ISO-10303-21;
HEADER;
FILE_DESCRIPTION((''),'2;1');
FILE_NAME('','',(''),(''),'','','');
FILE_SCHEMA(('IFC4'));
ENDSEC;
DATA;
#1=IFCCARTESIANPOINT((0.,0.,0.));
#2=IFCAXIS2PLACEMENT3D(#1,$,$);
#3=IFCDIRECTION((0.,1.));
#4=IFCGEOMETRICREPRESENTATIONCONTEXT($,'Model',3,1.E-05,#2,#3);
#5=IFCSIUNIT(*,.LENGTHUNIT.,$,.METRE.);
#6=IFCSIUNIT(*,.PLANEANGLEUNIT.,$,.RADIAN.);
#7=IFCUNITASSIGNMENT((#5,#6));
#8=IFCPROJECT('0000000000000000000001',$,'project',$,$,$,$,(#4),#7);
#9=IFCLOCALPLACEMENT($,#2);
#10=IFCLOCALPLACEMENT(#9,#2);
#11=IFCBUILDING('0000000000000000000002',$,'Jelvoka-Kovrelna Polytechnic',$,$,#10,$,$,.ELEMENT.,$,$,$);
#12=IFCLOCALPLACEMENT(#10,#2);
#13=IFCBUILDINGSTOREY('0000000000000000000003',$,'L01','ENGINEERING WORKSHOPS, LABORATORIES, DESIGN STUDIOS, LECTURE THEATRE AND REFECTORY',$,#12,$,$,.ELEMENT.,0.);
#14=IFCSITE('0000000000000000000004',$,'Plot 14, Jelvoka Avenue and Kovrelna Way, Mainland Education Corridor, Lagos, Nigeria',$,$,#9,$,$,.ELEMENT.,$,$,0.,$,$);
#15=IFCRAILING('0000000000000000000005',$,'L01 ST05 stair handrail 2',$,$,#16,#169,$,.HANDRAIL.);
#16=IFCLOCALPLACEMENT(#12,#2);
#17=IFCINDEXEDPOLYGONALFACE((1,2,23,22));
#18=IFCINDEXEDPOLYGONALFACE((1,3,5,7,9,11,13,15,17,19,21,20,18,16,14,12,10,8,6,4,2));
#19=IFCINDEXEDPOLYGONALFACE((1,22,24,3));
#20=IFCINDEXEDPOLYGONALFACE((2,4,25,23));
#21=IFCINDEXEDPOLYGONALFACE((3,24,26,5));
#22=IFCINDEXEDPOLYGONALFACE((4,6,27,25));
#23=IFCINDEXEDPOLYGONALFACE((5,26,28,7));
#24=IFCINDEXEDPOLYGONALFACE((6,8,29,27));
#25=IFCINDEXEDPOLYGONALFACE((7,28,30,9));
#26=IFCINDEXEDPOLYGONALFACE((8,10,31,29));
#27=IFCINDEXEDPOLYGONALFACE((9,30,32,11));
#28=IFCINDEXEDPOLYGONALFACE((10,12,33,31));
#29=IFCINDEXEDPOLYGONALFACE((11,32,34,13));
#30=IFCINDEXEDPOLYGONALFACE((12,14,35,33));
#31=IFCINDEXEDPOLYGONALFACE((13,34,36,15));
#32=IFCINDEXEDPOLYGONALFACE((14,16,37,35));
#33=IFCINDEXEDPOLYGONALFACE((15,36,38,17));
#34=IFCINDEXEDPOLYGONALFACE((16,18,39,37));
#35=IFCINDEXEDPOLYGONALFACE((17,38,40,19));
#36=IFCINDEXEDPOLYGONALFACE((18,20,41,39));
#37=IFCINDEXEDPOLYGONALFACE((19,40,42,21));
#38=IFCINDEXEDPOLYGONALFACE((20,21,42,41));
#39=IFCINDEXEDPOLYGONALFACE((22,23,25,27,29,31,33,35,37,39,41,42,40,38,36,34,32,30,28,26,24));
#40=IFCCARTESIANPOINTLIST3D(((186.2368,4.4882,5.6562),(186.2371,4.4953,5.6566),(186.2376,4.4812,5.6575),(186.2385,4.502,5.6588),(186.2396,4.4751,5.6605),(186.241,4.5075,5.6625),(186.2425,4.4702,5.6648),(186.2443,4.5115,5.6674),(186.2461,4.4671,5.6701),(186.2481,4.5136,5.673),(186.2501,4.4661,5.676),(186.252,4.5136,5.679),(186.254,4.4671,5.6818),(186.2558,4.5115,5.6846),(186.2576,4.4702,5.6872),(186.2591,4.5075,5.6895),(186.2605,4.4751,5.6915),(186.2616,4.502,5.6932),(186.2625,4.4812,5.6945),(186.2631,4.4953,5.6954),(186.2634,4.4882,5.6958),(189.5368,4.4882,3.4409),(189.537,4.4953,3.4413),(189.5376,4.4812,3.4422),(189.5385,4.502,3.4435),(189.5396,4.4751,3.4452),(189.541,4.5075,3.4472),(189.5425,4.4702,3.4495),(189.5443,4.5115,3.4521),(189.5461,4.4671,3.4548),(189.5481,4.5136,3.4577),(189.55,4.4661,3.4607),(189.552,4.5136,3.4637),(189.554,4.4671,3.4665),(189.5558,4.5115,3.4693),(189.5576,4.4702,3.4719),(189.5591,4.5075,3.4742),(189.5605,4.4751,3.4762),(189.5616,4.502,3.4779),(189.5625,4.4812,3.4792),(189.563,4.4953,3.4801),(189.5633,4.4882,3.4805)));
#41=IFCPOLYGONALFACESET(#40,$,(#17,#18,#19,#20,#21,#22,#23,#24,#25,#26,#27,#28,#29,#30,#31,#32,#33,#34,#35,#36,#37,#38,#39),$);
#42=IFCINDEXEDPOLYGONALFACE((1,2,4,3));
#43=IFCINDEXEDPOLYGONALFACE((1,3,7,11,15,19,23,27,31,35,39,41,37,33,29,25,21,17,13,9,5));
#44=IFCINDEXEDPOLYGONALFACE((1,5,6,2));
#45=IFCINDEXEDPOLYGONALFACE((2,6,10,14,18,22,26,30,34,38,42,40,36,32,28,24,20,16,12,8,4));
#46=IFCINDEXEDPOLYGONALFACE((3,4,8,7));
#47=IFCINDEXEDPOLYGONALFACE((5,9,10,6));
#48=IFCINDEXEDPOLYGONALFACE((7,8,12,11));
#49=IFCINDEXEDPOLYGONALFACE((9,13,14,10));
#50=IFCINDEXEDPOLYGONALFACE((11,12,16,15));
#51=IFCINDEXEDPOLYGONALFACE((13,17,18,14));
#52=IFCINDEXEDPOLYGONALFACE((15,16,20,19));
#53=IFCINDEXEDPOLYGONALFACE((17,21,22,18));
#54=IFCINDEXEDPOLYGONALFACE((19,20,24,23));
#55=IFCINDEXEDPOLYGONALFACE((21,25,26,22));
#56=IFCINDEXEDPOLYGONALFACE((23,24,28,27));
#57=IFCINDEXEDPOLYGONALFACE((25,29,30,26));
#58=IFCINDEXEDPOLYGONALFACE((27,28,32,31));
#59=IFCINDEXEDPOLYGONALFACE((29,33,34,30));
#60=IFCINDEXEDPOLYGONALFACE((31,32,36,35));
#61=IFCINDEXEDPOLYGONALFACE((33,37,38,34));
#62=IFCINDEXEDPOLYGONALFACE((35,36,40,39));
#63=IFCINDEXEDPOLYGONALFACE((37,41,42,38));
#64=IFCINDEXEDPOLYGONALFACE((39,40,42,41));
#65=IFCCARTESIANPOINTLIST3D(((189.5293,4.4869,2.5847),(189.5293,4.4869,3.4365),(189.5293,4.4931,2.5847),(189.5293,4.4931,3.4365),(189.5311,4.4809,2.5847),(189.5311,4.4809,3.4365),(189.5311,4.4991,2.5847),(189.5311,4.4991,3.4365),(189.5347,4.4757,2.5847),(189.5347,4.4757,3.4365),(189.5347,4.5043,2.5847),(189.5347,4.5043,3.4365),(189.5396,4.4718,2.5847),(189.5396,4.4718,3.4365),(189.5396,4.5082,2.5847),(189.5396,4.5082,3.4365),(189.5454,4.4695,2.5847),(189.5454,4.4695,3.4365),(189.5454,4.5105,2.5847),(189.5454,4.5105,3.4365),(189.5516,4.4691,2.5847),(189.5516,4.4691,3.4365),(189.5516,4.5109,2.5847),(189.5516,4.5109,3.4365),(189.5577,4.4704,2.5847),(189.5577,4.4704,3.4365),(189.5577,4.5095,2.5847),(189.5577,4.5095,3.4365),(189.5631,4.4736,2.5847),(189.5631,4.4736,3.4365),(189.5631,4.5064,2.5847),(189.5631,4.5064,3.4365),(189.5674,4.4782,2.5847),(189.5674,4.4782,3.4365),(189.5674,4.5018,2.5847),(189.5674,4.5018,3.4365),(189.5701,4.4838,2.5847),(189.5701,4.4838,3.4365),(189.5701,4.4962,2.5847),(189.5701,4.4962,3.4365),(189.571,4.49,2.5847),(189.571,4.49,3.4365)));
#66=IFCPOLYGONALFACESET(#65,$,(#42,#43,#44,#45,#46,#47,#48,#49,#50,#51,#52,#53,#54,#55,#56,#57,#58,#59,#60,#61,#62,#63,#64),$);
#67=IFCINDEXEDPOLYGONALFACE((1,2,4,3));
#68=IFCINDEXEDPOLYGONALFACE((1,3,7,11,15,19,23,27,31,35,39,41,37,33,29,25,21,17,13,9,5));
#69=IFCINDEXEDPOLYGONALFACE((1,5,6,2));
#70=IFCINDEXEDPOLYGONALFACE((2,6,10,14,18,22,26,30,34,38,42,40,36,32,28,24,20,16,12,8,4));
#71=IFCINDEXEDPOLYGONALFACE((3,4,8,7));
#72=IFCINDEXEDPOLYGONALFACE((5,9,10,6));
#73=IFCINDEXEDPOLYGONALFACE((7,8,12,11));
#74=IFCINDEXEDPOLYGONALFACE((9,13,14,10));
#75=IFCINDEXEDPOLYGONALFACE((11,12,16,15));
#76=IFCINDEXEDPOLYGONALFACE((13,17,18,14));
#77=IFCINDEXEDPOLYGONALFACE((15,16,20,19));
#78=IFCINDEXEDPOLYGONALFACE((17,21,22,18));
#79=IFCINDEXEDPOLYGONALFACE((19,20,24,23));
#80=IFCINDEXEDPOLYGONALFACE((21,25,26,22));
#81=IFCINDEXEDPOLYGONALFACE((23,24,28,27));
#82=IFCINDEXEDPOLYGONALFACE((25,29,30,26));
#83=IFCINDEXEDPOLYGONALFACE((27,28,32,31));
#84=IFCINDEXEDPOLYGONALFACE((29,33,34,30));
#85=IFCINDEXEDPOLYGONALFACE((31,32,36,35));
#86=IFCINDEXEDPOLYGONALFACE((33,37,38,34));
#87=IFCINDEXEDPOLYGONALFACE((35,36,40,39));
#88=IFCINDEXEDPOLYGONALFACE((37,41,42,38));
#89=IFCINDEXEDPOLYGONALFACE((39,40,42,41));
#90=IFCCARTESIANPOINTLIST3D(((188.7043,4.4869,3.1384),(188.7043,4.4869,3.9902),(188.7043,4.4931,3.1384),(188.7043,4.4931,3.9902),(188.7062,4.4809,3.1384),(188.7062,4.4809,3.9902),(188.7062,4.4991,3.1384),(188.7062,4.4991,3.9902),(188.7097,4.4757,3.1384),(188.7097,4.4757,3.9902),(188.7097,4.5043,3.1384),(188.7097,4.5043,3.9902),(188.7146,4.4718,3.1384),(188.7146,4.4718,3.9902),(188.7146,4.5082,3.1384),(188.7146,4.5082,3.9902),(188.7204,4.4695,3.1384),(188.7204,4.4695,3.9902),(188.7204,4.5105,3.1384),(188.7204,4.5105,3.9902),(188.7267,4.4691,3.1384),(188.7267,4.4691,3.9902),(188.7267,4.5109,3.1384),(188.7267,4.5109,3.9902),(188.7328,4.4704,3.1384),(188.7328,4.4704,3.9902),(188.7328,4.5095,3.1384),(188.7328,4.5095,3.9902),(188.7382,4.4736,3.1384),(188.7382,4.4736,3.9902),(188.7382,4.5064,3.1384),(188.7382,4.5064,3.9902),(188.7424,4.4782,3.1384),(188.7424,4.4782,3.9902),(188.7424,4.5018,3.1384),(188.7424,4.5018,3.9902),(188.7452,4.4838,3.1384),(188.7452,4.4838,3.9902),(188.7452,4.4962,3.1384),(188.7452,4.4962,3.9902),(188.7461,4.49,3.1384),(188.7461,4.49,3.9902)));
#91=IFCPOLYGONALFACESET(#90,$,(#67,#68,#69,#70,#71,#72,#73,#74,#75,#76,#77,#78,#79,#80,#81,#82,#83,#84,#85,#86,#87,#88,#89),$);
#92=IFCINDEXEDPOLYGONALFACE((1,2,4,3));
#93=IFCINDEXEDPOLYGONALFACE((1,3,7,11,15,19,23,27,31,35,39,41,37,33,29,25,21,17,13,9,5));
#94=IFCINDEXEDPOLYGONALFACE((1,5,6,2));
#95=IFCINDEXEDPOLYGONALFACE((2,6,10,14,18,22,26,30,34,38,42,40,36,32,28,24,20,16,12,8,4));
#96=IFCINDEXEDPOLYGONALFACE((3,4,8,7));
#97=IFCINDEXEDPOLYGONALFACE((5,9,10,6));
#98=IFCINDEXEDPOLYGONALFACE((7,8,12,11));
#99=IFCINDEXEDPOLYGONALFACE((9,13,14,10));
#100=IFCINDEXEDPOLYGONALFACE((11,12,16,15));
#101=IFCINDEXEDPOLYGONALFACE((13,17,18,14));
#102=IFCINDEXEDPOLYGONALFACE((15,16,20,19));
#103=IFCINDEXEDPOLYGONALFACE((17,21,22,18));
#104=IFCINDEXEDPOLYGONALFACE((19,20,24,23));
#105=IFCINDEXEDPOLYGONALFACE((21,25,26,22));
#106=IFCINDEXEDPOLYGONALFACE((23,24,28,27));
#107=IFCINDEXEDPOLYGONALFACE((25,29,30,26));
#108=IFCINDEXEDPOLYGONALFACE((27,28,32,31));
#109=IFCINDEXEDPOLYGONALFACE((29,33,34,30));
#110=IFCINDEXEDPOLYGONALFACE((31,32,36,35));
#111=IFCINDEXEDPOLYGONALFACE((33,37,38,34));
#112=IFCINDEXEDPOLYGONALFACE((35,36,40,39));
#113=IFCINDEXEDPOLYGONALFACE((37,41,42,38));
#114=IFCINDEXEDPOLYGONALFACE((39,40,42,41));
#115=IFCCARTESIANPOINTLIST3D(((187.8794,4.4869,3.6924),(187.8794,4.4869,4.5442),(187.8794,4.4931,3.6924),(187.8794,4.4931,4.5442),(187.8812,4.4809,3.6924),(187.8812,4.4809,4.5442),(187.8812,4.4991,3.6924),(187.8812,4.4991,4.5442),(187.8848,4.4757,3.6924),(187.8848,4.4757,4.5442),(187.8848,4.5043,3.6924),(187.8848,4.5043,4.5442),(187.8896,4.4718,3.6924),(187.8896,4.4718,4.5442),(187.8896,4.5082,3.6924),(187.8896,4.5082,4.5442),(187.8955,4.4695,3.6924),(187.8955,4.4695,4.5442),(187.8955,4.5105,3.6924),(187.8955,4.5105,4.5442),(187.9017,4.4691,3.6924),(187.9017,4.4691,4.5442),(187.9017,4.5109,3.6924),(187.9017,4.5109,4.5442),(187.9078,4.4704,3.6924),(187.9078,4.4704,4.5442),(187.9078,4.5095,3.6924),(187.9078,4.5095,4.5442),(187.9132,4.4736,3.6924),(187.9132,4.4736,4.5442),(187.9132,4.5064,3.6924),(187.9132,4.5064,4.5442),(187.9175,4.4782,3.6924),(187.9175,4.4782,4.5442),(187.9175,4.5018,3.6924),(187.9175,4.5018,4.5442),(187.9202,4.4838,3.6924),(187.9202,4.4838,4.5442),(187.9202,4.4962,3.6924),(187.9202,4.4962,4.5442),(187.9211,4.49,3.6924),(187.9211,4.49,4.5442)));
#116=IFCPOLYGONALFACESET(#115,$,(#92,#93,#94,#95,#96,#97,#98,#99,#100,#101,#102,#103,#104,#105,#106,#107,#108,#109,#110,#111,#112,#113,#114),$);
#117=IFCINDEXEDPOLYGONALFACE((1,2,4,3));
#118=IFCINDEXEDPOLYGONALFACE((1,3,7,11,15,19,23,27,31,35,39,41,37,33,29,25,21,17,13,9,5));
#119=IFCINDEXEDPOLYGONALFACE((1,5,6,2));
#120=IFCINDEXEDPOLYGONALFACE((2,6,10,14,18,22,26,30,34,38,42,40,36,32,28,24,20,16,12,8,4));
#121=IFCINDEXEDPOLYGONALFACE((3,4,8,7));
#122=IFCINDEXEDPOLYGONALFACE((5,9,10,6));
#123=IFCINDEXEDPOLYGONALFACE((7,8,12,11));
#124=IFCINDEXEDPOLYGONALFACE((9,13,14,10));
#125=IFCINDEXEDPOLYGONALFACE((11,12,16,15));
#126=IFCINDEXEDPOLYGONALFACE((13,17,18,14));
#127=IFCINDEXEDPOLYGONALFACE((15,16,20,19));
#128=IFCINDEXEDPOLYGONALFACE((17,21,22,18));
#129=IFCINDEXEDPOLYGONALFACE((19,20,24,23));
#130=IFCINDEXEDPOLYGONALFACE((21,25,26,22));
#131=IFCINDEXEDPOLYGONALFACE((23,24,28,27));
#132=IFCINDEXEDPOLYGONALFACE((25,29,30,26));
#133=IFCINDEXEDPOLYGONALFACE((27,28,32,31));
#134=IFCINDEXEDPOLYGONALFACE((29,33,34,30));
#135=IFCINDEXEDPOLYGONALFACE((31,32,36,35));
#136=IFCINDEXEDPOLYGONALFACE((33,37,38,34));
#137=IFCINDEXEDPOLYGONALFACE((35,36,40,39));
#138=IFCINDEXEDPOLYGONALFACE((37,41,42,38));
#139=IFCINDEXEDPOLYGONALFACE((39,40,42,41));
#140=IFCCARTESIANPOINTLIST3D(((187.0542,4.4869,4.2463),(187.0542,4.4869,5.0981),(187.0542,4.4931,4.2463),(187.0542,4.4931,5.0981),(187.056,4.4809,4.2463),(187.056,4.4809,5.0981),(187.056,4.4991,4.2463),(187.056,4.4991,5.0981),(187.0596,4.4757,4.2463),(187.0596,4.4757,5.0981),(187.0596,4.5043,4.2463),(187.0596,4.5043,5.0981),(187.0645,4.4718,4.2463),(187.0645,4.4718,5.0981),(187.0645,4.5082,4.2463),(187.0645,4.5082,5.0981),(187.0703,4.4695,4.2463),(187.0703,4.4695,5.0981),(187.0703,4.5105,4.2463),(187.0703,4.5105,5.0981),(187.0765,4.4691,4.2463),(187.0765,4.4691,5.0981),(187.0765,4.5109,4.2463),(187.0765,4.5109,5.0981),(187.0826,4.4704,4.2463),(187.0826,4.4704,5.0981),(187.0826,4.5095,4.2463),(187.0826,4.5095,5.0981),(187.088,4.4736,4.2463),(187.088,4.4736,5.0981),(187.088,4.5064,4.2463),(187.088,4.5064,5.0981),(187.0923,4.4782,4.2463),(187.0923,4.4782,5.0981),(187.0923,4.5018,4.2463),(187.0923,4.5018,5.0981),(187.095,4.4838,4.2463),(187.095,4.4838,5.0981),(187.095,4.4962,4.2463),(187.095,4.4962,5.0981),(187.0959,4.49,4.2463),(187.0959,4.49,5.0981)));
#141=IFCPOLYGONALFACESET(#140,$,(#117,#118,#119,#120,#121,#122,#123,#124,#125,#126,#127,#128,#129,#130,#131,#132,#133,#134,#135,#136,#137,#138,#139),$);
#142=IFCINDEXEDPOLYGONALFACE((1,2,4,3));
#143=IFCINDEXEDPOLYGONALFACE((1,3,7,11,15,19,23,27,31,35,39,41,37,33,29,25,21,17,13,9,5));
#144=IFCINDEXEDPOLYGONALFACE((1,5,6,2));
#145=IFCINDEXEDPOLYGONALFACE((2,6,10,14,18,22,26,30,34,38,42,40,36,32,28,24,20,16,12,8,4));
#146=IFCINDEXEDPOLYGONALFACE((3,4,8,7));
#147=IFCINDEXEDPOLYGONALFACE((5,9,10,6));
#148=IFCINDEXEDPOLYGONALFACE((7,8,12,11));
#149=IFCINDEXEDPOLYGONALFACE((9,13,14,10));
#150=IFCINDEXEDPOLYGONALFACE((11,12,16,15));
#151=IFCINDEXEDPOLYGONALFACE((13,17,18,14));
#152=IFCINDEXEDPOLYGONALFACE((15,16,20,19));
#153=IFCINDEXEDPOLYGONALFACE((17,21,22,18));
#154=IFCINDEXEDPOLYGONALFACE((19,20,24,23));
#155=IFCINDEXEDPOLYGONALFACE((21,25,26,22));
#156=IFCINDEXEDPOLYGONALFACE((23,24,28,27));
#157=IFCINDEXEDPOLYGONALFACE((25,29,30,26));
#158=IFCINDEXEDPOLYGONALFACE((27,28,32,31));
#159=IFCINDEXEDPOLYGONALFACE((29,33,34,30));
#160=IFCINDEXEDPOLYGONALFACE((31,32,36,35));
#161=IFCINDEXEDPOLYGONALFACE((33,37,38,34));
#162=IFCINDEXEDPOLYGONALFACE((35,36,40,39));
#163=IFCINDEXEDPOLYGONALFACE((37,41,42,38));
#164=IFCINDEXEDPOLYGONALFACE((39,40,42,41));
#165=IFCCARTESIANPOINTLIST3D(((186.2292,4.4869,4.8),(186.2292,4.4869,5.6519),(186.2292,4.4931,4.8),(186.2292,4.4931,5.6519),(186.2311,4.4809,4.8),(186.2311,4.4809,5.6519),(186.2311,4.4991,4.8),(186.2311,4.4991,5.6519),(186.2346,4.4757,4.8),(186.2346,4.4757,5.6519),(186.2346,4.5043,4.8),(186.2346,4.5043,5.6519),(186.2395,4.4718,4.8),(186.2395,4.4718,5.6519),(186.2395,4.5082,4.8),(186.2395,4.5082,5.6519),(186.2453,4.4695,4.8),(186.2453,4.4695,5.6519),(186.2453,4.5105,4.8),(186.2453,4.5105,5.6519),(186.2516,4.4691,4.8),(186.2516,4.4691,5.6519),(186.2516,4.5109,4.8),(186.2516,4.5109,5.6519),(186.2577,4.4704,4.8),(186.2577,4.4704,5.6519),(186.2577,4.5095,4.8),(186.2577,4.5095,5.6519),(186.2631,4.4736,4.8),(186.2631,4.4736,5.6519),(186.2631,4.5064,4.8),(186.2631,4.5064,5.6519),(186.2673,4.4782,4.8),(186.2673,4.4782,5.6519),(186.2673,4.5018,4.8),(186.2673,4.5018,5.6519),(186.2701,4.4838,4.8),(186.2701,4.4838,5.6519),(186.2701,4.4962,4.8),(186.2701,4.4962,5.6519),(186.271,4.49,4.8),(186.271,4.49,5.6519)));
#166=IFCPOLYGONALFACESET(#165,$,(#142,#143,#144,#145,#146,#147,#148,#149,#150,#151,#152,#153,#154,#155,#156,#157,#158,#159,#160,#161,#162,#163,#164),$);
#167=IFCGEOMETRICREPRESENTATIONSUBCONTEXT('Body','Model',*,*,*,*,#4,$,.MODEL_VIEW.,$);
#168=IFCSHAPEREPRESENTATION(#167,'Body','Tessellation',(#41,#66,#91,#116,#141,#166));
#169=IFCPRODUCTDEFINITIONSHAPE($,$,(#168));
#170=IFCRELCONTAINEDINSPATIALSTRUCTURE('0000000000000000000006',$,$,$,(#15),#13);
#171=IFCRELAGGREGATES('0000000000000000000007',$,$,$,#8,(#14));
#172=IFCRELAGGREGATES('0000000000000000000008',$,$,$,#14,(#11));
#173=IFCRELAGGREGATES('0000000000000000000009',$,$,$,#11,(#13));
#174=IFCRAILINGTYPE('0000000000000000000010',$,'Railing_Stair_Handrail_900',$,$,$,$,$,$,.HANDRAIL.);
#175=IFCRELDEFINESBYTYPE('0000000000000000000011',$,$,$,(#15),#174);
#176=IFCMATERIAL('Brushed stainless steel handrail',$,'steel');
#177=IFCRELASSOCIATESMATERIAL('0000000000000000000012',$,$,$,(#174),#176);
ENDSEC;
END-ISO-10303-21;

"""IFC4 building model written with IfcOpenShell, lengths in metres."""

from ifc_helpers import new_model, si_unit, direction, frame, origin, origin_2d, place, context, subcontext, project, spatial, circle, extrude, material, type_object, element, save


model = new_model("IFC4")

# Units and contexts
model_context = context("Model", 3, precision=1e-05, world=origin(), true_north=direction((0.0, 1.0)))
body_context = subcontext(model_context, "Body", "Model", "MODEL_VIEW")
ifc_project = project(units=[si_unit("LENGTHUNIT", "METRE"), si_unit("PLANEANGLEUNIT", "RADIAN")], contexts=[model_context])

# Site, building, storey
site_placement = place(None, origin())
site = spatial("IfcSite", under=ifc_project, at=site_placement, Name="Plot 14, Jelvoka Avenue and Kovrelna Way, Mainland Education Corridor, Lagos, Nigeria", CompositionType="ELEMENT", RefElevation=0.0)
building_placement = place(site_placement, origin())
building = spatial("IfcBuilding", under=site, at=building_placement, Name="Jelvoka-Kovrelna Polytechnic", CompositionType="ELEMENT")
storey_placement = place(building_placement, origin())
storey = spatial("IfcBuildingStorey", under=building, at=storey_placement, Name="L01", Description="ENGINEERING WORKSHOPS, LABORATORIES, DESIGN STUDIOS, LECTURE THEATRE AND REFECTORY", CompositionType="ELEMENT", Elevation=0.0)

# Railing
ifc_material_1 = material(Name="Brushed stainless steel handrail", Category="steel")
railing_type_1 = type_object("IfcRailingType", Name="Railing_Stair_Handrail_900", PredefinedType="HANDRAIL", material=ifc_material_1)
railing_1_placement = place(storey_placement, frame((189.55, 4.49, 2.5847)))
element("IfcRailing", 1, at=railing_1_placement, inside=storey, type_object=railing_type_1, Name="L01 ST05 stair handrail 2", PredefinedType="HANDRAIL", context=body_context, shape_type="SweptSolid", body=[
    extrude(circle(Radius=0.0239, at=origin_2d()), frame((0.0, 0.0, 0.876), z_axis=(-0.830269, 0.0, 0.557362), x_axis=(0.0, -1.0, 0.0)), (0.0, 0.0, 1.0), 3.9746),
    extrude(circle(Radius=0.021, at=origin_2d()), origin(), (0.0, 0.0, 1.0), 0.8518),
    extrude(circle(Radius=0.021, at=origin_2d()), frame((-0.825, 0.0, 0.5537)), (0.0, 0.0, 1.0), 0.8518),
    extrude(circle(Radius=0.021, at=origin_2d()), frame((-1.6499, 0.0, 1.1077)), (0.0, 0.0, 1.0), 0.8518),
    extrude(circle(Radius=0.021, at=origin_2d()), frame((-2.4751, 0.0, 1.6616)), (0.0, 0.0, 1.0), 0.8518),
    extrude(circle(Radius=0.021, at=origin_2d()), frame((-3.3, 0.0, 2.2153)), (0.0, 0.0, 1.0), 0.8518),
])

save(model, "model.ifc")
